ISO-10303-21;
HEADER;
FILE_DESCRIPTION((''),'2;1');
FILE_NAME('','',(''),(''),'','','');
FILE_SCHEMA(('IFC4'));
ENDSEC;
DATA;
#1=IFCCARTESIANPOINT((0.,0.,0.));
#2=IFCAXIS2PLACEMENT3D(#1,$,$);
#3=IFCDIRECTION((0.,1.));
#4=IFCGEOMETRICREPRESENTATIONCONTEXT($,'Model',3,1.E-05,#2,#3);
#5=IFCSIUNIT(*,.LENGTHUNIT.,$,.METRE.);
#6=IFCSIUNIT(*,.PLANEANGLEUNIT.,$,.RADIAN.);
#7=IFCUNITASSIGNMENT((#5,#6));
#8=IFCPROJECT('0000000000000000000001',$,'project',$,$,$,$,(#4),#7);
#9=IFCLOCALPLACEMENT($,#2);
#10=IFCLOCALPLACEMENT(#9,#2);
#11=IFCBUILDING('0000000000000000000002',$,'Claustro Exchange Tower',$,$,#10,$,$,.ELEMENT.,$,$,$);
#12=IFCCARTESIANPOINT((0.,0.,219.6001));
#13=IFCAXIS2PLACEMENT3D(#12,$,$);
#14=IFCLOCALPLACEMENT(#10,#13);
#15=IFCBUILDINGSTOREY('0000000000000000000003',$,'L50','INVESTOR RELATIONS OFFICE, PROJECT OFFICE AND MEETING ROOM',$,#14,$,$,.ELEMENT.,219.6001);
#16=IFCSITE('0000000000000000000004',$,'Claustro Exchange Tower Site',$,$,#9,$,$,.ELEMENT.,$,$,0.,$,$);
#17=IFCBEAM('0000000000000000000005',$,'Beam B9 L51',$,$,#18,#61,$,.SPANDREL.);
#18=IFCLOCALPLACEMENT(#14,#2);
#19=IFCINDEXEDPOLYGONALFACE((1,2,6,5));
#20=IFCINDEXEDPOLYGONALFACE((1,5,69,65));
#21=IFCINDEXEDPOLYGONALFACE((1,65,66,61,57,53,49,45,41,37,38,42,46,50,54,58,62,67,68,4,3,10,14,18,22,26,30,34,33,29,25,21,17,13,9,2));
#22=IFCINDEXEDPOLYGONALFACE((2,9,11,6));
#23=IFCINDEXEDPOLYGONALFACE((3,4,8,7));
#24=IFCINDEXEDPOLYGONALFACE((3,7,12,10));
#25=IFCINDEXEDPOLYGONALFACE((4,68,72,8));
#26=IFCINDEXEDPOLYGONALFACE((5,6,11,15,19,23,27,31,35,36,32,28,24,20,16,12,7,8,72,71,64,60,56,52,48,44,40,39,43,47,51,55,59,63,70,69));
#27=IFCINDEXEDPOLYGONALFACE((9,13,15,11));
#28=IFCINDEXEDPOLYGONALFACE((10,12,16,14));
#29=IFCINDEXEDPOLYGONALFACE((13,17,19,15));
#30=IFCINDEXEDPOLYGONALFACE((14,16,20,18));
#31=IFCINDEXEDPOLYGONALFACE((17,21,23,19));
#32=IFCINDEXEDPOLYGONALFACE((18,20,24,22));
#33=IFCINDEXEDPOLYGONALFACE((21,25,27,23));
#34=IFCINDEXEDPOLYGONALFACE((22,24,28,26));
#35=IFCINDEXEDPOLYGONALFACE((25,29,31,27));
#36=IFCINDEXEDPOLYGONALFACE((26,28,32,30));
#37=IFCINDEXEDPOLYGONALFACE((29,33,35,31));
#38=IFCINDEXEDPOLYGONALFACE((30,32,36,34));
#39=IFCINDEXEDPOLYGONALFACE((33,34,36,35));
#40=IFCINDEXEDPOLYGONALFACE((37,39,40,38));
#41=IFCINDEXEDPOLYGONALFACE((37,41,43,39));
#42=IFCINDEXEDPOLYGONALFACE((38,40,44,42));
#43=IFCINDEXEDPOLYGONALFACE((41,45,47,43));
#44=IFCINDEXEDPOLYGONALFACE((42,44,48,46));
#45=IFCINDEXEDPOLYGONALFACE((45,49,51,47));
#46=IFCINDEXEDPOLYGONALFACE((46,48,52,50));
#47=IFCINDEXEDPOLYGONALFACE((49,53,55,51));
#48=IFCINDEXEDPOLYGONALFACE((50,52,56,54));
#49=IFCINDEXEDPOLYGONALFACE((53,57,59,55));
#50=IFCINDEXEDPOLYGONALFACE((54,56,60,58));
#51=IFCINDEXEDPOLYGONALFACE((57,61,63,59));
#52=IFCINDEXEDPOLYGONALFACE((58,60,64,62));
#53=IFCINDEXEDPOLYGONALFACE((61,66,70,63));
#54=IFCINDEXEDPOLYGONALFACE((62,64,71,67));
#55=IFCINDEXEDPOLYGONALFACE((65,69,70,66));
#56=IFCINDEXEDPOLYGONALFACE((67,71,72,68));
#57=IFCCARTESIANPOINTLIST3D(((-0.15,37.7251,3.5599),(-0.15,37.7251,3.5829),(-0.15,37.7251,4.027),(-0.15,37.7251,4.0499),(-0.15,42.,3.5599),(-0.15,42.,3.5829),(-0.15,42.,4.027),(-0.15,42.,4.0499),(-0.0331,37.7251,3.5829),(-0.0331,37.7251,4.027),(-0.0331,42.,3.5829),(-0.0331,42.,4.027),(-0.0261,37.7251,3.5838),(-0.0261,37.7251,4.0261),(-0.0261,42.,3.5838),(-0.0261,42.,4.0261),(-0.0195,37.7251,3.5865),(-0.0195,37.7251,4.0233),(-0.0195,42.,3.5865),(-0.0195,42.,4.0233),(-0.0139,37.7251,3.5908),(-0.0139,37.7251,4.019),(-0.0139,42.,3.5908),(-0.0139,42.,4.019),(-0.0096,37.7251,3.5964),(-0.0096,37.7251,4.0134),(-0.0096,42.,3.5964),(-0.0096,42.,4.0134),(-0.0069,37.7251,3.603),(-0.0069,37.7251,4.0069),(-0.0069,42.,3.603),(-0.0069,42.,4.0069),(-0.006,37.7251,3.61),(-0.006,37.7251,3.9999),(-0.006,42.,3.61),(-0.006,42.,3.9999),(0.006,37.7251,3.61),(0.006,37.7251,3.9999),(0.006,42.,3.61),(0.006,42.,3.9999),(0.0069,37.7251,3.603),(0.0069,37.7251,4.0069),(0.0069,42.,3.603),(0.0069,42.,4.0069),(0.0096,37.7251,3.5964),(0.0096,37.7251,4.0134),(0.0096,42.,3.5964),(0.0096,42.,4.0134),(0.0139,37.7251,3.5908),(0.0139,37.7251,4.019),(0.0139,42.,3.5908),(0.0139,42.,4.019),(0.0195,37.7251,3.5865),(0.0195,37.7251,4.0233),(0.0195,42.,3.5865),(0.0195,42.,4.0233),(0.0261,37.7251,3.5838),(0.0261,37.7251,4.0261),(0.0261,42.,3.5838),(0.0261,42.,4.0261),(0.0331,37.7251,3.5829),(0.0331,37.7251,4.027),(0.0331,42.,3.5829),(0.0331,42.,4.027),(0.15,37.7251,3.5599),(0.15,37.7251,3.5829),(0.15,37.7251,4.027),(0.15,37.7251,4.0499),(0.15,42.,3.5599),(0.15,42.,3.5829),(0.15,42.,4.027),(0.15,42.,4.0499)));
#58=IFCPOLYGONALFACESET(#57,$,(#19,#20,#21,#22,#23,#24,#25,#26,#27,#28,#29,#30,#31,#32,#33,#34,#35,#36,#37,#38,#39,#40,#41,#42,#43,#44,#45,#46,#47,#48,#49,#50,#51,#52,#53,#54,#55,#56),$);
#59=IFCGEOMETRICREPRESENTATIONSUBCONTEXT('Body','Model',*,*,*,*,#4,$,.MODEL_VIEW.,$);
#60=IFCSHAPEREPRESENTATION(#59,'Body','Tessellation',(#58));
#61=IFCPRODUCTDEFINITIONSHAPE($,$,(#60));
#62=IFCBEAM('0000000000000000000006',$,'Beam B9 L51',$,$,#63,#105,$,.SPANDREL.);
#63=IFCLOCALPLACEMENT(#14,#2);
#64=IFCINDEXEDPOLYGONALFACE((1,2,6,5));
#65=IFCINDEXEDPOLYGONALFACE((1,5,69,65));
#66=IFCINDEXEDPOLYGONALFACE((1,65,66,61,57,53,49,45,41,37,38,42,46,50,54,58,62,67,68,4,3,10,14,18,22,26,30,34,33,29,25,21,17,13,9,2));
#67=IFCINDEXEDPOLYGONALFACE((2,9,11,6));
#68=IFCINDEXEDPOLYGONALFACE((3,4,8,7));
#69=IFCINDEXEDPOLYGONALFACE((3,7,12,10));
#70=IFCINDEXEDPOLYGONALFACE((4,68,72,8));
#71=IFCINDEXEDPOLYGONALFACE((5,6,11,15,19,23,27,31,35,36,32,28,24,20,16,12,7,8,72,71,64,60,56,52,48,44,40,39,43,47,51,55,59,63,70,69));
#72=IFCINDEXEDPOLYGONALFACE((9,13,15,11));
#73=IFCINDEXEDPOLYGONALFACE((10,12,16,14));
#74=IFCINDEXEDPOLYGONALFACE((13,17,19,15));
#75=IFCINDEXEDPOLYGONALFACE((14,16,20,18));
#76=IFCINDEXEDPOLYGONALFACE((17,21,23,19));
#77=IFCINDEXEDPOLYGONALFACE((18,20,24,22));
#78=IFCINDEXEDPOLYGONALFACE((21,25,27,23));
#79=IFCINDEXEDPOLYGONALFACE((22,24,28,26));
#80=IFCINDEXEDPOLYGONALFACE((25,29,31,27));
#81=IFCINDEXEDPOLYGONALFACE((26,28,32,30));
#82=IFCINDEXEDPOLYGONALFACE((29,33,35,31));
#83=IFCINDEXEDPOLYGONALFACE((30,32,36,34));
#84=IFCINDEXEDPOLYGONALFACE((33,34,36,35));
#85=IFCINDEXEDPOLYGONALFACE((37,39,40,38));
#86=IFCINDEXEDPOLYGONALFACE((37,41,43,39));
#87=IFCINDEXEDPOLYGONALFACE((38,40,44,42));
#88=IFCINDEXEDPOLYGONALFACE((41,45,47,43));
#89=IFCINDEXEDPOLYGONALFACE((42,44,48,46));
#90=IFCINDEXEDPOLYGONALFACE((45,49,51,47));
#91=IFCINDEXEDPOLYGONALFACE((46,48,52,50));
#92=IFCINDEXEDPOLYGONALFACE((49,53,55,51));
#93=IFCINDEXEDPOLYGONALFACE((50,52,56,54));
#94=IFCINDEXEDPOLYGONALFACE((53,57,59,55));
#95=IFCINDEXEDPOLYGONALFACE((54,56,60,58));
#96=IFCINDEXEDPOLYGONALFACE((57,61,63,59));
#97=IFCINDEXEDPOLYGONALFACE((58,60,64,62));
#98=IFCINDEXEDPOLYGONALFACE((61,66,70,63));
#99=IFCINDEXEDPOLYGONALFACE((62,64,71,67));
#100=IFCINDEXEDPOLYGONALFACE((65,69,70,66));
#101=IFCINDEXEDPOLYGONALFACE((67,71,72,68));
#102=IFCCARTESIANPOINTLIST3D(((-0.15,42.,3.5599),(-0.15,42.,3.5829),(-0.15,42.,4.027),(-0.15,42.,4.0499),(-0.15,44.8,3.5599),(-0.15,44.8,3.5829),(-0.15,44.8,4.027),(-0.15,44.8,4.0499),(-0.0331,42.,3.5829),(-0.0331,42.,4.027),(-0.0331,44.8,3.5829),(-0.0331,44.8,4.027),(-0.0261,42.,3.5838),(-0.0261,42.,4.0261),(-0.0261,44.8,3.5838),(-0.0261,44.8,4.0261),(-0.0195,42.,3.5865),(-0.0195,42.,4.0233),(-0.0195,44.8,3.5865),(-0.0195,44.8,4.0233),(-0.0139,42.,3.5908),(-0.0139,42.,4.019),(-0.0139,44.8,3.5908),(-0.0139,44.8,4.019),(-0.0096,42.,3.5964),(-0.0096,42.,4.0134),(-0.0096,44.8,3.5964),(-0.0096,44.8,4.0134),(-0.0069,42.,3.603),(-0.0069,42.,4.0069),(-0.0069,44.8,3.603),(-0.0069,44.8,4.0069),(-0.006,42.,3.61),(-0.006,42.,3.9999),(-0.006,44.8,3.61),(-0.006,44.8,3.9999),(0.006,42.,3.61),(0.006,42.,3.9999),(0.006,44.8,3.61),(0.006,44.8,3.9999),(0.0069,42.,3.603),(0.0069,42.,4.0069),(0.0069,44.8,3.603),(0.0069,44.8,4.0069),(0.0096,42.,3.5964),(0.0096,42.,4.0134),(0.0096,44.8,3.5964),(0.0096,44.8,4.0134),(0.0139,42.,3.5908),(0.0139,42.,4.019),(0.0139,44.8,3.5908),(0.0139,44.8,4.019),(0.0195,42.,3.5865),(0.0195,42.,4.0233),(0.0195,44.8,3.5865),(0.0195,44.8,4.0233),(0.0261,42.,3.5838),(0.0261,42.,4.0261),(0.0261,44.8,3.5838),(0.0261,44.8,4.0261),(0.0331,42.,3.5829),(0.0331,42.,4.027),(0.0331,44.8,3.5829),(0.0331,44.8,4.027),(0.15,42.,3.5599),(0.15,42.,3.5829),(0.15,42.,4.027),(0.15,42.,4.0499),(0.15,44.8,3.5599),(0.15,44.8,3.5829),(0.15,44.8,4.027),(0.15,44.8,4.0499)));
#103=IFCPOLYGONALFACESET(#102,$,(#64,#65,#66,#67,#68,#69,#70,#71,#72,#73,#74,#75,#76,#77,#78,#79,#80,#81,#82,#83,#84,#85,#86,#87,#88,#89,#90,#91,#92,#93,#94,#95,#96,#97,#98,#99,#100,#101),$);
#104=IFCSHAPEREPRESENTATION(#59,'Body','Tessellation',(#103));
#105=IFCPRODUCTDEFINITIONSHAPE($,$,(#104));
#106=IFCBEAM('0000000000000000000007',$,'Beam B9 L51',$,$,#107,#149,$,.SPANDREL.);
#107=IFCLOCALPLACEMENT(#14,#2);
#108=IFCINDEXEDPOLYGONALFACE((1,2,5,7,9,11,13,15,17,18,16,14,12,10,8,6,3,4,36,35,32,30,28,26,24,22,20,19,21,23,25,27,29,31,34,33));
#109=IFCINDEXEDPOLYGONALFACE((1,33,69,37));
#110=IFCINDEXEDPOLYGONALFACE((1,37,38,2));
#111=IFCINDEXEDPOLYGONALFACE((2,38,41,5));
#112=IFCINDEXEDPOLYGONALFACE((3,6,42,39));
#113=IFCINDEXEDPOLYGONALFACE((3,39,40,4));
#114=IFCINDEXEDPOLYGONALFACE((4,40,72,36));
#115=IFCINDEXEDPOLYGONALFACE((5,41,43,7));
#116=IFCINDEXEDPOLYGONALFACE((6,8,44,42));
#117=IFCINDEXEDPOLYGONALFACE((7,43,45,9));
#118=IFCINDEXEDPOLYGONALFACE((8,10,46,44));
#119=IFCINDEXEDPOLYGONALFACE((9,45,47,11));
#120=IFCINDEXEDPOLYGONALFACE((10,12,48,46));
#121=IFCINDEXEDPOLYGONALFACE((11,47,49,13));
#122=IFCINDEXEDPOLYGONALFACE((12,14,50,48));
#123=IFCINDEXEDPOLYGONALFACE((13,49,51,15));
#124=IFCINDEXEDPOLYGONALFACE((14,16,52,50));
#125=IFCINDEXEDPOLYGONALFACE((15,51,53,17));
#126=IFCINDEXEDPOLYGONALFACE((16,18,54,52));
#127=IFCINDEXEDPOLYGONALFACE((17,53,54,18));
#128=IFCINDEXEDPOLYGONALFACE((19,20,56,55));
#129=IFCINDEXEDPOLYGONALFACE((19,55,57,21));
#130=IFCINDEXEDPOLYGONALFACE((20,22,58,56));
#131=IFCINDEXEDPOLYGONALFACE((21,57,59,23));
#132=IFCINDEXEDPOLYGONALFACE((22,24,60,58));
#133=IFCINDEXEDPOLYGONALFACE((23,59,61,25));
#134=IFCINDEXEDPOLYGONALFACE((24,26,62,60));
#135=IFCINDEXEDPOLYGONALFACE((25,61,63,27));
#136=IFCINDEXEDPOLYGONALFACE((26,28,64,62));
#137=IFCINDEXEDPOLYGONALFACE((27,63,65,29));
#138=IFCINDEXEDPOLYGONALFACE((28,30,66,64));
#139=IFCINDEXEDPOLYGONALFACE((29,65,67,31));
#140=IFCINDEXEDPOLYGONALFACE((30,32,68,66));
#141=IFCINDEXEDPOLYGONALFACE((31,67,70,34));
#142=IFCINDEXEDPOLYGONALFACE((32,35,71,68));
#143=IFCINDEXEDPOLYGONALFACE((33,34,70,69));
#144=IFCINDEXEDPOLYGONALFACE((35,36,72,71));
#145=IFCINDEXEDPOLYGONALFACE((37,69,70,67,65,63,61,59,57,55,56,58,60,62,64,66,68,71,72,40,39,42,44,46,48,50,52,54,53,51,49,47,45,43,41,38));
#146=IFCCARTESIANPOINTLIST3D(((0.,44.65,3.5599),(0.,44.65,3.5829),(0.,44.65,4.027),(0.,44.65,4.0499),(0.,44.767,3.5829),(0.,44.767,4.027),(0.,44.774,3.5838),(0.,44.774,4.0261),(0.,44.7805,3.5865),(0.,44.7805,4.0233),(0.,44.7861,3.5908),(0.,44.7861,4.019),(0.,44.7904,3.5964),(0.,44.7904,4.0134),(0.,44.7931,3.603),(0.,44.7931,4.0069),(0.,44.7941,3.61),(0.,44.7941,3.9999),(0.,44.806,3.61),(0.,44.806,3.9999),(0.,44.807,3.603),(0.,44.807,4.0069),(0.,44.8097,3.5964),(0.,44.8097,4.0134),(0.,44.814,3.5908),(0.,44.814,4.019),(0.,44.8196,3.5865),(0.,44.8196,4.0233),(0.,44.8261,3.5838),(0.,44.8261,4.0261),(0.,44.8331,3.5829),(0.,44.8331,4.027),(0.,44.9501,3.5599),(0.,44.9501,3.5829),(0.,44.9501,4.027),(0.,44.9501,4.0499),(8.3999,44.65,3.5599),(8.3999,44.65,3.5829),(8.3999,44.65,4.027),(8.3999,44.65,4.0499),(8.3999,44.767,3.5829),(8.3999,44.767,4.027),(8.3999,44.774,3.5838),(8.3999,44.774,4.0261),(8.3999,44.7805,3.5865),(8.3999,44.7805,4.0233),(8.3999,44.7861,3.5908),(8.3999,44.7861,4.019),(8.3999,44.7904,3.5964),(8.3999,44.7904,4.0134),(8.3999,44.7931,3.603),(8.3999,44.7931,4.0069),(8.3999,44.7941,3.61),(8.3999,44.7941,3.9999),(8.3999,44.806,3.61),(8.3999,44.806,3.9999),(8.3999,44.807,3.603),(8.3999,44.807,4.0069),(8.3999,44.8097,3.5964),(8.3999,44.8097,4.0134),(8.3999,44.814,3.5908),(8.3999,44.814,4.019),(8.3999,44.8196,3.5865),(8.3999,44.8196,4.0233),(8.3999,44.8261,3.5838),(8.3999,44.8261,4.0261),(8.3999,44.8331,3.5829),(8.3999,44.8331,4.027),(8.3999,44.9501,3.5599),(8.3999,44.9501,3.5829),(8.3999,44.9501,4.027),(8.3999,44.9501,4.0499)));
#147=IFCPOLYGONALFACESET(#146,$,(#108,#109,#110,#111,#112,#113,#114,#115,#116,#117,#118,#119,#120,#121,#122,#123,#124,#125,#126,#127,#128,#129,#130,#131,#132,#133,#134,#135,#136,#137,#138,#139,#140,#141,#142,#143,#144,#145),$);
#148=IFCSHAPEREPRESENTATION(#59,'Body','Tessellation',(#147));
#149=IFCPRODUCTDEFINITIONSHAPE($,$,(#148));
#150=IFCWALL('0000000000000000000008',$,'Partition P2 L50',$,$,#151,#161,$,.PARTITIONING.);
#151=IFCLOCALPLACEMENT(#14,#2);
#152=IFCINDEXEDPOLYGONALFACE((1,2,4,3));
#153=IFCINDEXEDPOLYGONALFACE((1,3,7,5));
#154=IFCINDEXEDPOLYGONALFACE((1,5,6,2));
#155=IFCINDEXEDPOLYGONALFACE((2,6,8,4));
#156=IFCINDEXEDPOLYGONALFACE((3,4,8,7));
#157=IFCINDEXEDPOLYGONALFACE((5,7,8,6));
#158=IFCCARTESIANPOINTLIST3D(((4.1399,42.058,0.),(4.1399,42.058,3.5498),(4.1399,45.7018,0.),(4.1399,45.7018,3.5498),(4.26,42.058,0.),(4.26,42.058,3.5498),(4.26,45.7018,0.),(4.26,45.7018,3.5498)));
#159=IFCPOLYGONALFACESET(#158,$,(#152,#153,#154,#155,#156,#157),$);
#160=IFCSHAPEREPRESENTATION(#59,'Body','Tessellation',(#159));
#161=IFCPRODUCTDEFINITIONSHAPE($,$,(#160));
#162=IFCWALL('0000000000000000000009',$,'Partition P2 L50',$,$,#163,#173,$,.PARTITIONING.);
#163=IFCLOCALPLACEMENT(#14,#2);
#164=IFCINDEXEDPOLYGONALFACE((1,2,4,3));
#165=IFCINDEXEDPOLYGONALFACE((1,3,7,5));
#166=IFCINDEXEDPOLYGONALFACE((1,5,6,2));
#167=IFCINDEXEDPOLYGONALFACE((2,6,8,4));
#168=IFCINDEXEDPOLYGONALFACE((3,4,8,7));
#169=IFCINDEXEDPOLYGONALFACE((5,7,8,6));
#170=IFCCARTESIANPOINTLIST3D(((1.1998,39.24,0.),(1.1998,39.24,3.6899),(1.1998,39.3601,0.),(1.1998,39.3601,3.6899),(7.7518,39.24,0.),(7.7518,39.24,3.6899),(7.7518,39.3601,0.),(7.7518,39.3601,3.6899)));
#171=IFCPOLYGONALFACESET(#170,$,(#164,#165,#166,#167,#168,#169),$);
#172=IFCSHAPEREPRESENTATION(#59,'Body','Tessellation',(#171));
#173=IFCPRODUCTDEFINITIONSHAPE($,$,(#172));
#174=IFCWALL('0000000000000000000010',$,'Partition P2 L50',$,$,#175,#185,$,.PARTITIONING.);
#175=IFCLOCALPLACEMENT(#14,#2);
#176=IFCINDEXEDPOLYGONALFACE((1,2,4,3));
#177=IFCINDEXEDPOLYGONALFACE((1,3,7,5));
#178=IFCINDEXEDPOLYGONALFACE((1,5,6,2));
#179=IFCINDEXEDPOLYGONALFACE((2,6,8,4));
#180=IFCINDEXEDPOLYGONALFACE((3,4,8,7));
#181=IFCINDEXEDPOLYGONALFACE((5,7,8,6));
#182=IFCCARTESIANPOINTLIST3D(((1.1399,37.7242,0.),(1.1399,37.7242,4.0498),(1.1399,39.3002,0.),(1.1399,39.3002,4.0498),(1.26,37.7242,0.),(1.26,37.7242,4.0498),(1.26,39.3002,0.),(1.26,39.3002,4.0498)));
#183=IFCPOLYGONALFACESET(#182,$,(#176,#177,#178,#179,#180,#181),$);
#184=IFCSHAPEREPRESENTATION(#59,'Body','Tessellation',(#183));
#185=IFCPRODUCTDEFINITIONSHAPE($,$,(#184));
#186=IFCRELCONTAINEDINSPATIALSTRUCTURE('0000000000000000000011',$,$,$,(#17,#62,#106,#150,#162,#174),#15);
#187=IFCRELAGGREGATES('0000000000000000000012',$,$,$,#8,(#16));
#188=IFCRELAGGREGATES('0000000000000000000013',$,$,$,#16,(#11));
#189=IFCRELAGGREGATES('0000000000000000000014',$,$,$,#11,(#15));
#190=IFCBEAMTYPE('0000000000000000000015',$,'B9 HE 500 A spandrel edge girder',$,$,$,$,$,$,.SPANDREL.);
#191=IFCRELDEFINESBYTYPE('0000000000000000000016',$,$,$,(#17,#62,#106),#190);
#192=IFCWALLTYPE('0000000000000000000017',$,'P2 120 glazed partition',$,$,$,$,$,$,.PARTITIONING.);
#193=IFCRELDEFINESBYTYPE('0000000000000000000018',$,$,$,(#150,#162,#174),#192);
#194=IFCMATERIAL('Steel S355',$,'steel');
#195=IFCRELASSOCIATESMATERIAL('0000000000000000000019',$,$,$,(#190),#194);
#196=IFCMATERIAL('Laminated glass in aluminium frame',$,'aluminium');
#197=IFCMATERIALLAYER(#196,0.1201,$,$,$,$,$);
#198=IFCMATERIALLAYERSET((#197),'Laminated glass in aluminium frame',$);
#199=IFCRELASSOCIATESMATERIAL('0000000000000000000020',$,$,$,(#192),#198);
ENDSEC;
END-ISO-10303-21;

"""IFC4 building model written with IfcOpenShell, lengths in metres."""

from ifc_helpers import new_model, si_unit, direction, frame, frame_2d, origin, origin_2d, place, context, subcontext, project, spatial, rectangle, i_section, extrude, material, layer, layer_set, material_profile, profile_set, type_object, element, save


model = new_model("IFC4")

# Units and contexts
model_context = context("Model", 3, precision=1e-05, world=origin(), true_north=direction((0.0, 1.0)))
body_context = subcontext(model_context, "Body", "Model", "MODEL_VIEW")
ifc_project = project(units=[si_unit("LENGTHUNIT", "METRE"), si_unit("PLANEANGLEUNIT", "RADIAN")], contexts=[model_context])

# Site, building, storey
site_placement = place(None, origin())
site = spatial("IfcSite", under=ifc_project, at=site_placement, Name="Claustro Exchange Tower Site", CompositionType="ELEMENT", RefElevation=0.0)
building_placement = place(site_placement, origin())
building = spatial("IfcBuilding", under=site, at=building_placement, Name="Claustro Exchange Tower", CompositionType="ELEMENT")
storey_placement = place(building_placement, frame((0.0, 0.0, 219.6001)))
storey = spatial("IfcBuildingStorey", under=building, at=storey_placement, Name="L50", Description="INVESTOR RELATIONS OFFICE, PROJECT OFFICE AND MEETING ROOM", CompositionType="ELEMENT", Elevation=219.6001)

# Beams
ifc_material_1 = material(Name="Steel S355", Category="steel")
ifc_material_profile_1 = material_profile(ifc_material_1, i_section(OverallWidth=0.3, OverallDepth=0.49, WebThickness=0.012, FlangeThickness=0.0229, FilletRadius=0.0271, at=origin_2d()), Name="HE 500 A")
ifc_profile_set_1 = profile_set([ifc_material_profile_1], Name="Steel S355")
beam_type_1 = type_object("IfcBeamType", Name="B9 HE 500 A spandrel edge girder", PredefinedType="SPANDREL", material=ifc_profile_set_1)
beam_1_placement = place(storey_placement, frame((0.0, 37.7251, 3.8049), z_axis=(0.0, 1.0, 0.0), x_axis=(-1.0, 0.0, 0.0)))
element("IfcBeam", 1, at=beam_1_placement, inside=storey, type_object=beam_type_1, Name="Beam B9 L51", PredefinedType="SPANDREL", context=body_context, shape_type="SweptSolid", body=[
    extrude(i_section(OverallWidth=0.3, OverallDepth=0.49, WebThickness=0.012, FlangeThickness=0.0229, FilletRadius=0.0271, at=origin_2d()), origin(), (0.0, 0.0, 1.0), 4.2749),
])
beam_2_placement = place(storey_placement, frame((0.0, 42.0, 3.8049), z_axis=(0.0, 1.0, 0.0), x_axis=(-1.0, 0.0, 0.0)))
element("IfcBeam", 2, at=beam_2_placement, inside=storey, type_object=beam_type_1, Name="Beam B9 L51", PredefinedType="SPANDREL", context=body_context, shape_type="SweptSolid", body=[
    extrude(i_section(OverallWidth=0.3, OverallDepth=0.49, WebThickness=0.012, FlangeThickness=0.0229, FilletRadius=0.0271, at=origin_2d()), origin(), (0.0, 0.0, 1.0), 2.8),
])
beam_3_placement = place(storey_placement, frame((0.0, 44.8, 3.8049), z_axis=(1.0, 0.0, 0.0), x_axis=(0.0, 1.0, 0.0)))
element("IfcBeam", 3, at=beam_3_placement, inside=storey, type_object=beam_type_1, Name="Beam B9 L51", PredefinedType="SPANDREL", context=body_context, shape_type="SweptSolid", body=[
    extrude(i_section(OverallWidth=0.3, OverallDepth=0.49, WebThickness=0.012, FlangeThickness=0.0229, FilletRadius=0.0271, at=origin_2d()), origin(), (0.0, 0.0, 1.0), 8.3999),
])

# Shared definitions
ifc_material_2 = material(Name="Laminated glass in aluminium frame", Category="aluminium")
ifc_layer_1 = layer(ifc_material_2, 0.1201)
ifc_layer_set_1 = layer_set([ifc_layer_1], Name="Laminated glass in aluminium frame")
wall_type_1 = type_object("IfcWallType", Name="P2 120 glazed partition", PredefinedType="PARTITIONING", material=ifc_layer_set_1)

# Walls
wall_1_placement = place(storey_placement, frame((4.2, 42.0581, 0.0), z_axis=(0.0, 0.0, 1.0), x_axis=(0.0, 1.0, 0.0)))
element("IfcWall", 4, at=wall_1_placement, inside=storey, type_object=wall_type_1, Name="Partition P2 L50", PredefinedType="PARTITIONING", context=body_context, shape_type="SweptSolid", body=[
    extrude(rectangle(XDim=3.6438, YDim=0.1201, at=frame_2d((1.8218, 0.0))), origin(), (0.0, 0.0, 1.0), 3.5498),
])
wall_2_placement = place(storey_placement, frame((1.2, 39.3, 0.0), z_axis=(0.0, 0.0, 1.0), x_axis=(1.0, 0.0, 0.0)))
element("IfcWall", 5, at=wall_2_placement, inside=storey, type_object=wall_type_1, Name="Partition P2 L50", PredefinedType="PARTITIONING", context=body_context, shape_type="SweptSolid", body=[
    extrude(rectangle(XDim=6.552, YDim=0.1201, at=frame_2d((3.2759, 0.0))), origin(), (0.0, 0.0, 1.0), 3.6899),
])
wall_3_placement = place(storey_placement, frame((1.2, 37.7241, 0.0), z_axis=(0.0, 0.0, 1.0), x_axis=(0.0, 1.0, 0.0)))
element("IfcWall", 6, at=wall_3_placement, inside=storey, type_object=wall_type_1, Name="Partition P2 L50", PredefinedType="PARTITIONING", context=body_context, shape_type="SweptSolid", body=[
    extrude(rectangle(XDim=1.5759, YDim=0.1201, at=frame_2d((0.7881, 0.0))), origin(), (0.0, 0.0, 1.0), 4.0498),
])

save(model, "model.ifc")
